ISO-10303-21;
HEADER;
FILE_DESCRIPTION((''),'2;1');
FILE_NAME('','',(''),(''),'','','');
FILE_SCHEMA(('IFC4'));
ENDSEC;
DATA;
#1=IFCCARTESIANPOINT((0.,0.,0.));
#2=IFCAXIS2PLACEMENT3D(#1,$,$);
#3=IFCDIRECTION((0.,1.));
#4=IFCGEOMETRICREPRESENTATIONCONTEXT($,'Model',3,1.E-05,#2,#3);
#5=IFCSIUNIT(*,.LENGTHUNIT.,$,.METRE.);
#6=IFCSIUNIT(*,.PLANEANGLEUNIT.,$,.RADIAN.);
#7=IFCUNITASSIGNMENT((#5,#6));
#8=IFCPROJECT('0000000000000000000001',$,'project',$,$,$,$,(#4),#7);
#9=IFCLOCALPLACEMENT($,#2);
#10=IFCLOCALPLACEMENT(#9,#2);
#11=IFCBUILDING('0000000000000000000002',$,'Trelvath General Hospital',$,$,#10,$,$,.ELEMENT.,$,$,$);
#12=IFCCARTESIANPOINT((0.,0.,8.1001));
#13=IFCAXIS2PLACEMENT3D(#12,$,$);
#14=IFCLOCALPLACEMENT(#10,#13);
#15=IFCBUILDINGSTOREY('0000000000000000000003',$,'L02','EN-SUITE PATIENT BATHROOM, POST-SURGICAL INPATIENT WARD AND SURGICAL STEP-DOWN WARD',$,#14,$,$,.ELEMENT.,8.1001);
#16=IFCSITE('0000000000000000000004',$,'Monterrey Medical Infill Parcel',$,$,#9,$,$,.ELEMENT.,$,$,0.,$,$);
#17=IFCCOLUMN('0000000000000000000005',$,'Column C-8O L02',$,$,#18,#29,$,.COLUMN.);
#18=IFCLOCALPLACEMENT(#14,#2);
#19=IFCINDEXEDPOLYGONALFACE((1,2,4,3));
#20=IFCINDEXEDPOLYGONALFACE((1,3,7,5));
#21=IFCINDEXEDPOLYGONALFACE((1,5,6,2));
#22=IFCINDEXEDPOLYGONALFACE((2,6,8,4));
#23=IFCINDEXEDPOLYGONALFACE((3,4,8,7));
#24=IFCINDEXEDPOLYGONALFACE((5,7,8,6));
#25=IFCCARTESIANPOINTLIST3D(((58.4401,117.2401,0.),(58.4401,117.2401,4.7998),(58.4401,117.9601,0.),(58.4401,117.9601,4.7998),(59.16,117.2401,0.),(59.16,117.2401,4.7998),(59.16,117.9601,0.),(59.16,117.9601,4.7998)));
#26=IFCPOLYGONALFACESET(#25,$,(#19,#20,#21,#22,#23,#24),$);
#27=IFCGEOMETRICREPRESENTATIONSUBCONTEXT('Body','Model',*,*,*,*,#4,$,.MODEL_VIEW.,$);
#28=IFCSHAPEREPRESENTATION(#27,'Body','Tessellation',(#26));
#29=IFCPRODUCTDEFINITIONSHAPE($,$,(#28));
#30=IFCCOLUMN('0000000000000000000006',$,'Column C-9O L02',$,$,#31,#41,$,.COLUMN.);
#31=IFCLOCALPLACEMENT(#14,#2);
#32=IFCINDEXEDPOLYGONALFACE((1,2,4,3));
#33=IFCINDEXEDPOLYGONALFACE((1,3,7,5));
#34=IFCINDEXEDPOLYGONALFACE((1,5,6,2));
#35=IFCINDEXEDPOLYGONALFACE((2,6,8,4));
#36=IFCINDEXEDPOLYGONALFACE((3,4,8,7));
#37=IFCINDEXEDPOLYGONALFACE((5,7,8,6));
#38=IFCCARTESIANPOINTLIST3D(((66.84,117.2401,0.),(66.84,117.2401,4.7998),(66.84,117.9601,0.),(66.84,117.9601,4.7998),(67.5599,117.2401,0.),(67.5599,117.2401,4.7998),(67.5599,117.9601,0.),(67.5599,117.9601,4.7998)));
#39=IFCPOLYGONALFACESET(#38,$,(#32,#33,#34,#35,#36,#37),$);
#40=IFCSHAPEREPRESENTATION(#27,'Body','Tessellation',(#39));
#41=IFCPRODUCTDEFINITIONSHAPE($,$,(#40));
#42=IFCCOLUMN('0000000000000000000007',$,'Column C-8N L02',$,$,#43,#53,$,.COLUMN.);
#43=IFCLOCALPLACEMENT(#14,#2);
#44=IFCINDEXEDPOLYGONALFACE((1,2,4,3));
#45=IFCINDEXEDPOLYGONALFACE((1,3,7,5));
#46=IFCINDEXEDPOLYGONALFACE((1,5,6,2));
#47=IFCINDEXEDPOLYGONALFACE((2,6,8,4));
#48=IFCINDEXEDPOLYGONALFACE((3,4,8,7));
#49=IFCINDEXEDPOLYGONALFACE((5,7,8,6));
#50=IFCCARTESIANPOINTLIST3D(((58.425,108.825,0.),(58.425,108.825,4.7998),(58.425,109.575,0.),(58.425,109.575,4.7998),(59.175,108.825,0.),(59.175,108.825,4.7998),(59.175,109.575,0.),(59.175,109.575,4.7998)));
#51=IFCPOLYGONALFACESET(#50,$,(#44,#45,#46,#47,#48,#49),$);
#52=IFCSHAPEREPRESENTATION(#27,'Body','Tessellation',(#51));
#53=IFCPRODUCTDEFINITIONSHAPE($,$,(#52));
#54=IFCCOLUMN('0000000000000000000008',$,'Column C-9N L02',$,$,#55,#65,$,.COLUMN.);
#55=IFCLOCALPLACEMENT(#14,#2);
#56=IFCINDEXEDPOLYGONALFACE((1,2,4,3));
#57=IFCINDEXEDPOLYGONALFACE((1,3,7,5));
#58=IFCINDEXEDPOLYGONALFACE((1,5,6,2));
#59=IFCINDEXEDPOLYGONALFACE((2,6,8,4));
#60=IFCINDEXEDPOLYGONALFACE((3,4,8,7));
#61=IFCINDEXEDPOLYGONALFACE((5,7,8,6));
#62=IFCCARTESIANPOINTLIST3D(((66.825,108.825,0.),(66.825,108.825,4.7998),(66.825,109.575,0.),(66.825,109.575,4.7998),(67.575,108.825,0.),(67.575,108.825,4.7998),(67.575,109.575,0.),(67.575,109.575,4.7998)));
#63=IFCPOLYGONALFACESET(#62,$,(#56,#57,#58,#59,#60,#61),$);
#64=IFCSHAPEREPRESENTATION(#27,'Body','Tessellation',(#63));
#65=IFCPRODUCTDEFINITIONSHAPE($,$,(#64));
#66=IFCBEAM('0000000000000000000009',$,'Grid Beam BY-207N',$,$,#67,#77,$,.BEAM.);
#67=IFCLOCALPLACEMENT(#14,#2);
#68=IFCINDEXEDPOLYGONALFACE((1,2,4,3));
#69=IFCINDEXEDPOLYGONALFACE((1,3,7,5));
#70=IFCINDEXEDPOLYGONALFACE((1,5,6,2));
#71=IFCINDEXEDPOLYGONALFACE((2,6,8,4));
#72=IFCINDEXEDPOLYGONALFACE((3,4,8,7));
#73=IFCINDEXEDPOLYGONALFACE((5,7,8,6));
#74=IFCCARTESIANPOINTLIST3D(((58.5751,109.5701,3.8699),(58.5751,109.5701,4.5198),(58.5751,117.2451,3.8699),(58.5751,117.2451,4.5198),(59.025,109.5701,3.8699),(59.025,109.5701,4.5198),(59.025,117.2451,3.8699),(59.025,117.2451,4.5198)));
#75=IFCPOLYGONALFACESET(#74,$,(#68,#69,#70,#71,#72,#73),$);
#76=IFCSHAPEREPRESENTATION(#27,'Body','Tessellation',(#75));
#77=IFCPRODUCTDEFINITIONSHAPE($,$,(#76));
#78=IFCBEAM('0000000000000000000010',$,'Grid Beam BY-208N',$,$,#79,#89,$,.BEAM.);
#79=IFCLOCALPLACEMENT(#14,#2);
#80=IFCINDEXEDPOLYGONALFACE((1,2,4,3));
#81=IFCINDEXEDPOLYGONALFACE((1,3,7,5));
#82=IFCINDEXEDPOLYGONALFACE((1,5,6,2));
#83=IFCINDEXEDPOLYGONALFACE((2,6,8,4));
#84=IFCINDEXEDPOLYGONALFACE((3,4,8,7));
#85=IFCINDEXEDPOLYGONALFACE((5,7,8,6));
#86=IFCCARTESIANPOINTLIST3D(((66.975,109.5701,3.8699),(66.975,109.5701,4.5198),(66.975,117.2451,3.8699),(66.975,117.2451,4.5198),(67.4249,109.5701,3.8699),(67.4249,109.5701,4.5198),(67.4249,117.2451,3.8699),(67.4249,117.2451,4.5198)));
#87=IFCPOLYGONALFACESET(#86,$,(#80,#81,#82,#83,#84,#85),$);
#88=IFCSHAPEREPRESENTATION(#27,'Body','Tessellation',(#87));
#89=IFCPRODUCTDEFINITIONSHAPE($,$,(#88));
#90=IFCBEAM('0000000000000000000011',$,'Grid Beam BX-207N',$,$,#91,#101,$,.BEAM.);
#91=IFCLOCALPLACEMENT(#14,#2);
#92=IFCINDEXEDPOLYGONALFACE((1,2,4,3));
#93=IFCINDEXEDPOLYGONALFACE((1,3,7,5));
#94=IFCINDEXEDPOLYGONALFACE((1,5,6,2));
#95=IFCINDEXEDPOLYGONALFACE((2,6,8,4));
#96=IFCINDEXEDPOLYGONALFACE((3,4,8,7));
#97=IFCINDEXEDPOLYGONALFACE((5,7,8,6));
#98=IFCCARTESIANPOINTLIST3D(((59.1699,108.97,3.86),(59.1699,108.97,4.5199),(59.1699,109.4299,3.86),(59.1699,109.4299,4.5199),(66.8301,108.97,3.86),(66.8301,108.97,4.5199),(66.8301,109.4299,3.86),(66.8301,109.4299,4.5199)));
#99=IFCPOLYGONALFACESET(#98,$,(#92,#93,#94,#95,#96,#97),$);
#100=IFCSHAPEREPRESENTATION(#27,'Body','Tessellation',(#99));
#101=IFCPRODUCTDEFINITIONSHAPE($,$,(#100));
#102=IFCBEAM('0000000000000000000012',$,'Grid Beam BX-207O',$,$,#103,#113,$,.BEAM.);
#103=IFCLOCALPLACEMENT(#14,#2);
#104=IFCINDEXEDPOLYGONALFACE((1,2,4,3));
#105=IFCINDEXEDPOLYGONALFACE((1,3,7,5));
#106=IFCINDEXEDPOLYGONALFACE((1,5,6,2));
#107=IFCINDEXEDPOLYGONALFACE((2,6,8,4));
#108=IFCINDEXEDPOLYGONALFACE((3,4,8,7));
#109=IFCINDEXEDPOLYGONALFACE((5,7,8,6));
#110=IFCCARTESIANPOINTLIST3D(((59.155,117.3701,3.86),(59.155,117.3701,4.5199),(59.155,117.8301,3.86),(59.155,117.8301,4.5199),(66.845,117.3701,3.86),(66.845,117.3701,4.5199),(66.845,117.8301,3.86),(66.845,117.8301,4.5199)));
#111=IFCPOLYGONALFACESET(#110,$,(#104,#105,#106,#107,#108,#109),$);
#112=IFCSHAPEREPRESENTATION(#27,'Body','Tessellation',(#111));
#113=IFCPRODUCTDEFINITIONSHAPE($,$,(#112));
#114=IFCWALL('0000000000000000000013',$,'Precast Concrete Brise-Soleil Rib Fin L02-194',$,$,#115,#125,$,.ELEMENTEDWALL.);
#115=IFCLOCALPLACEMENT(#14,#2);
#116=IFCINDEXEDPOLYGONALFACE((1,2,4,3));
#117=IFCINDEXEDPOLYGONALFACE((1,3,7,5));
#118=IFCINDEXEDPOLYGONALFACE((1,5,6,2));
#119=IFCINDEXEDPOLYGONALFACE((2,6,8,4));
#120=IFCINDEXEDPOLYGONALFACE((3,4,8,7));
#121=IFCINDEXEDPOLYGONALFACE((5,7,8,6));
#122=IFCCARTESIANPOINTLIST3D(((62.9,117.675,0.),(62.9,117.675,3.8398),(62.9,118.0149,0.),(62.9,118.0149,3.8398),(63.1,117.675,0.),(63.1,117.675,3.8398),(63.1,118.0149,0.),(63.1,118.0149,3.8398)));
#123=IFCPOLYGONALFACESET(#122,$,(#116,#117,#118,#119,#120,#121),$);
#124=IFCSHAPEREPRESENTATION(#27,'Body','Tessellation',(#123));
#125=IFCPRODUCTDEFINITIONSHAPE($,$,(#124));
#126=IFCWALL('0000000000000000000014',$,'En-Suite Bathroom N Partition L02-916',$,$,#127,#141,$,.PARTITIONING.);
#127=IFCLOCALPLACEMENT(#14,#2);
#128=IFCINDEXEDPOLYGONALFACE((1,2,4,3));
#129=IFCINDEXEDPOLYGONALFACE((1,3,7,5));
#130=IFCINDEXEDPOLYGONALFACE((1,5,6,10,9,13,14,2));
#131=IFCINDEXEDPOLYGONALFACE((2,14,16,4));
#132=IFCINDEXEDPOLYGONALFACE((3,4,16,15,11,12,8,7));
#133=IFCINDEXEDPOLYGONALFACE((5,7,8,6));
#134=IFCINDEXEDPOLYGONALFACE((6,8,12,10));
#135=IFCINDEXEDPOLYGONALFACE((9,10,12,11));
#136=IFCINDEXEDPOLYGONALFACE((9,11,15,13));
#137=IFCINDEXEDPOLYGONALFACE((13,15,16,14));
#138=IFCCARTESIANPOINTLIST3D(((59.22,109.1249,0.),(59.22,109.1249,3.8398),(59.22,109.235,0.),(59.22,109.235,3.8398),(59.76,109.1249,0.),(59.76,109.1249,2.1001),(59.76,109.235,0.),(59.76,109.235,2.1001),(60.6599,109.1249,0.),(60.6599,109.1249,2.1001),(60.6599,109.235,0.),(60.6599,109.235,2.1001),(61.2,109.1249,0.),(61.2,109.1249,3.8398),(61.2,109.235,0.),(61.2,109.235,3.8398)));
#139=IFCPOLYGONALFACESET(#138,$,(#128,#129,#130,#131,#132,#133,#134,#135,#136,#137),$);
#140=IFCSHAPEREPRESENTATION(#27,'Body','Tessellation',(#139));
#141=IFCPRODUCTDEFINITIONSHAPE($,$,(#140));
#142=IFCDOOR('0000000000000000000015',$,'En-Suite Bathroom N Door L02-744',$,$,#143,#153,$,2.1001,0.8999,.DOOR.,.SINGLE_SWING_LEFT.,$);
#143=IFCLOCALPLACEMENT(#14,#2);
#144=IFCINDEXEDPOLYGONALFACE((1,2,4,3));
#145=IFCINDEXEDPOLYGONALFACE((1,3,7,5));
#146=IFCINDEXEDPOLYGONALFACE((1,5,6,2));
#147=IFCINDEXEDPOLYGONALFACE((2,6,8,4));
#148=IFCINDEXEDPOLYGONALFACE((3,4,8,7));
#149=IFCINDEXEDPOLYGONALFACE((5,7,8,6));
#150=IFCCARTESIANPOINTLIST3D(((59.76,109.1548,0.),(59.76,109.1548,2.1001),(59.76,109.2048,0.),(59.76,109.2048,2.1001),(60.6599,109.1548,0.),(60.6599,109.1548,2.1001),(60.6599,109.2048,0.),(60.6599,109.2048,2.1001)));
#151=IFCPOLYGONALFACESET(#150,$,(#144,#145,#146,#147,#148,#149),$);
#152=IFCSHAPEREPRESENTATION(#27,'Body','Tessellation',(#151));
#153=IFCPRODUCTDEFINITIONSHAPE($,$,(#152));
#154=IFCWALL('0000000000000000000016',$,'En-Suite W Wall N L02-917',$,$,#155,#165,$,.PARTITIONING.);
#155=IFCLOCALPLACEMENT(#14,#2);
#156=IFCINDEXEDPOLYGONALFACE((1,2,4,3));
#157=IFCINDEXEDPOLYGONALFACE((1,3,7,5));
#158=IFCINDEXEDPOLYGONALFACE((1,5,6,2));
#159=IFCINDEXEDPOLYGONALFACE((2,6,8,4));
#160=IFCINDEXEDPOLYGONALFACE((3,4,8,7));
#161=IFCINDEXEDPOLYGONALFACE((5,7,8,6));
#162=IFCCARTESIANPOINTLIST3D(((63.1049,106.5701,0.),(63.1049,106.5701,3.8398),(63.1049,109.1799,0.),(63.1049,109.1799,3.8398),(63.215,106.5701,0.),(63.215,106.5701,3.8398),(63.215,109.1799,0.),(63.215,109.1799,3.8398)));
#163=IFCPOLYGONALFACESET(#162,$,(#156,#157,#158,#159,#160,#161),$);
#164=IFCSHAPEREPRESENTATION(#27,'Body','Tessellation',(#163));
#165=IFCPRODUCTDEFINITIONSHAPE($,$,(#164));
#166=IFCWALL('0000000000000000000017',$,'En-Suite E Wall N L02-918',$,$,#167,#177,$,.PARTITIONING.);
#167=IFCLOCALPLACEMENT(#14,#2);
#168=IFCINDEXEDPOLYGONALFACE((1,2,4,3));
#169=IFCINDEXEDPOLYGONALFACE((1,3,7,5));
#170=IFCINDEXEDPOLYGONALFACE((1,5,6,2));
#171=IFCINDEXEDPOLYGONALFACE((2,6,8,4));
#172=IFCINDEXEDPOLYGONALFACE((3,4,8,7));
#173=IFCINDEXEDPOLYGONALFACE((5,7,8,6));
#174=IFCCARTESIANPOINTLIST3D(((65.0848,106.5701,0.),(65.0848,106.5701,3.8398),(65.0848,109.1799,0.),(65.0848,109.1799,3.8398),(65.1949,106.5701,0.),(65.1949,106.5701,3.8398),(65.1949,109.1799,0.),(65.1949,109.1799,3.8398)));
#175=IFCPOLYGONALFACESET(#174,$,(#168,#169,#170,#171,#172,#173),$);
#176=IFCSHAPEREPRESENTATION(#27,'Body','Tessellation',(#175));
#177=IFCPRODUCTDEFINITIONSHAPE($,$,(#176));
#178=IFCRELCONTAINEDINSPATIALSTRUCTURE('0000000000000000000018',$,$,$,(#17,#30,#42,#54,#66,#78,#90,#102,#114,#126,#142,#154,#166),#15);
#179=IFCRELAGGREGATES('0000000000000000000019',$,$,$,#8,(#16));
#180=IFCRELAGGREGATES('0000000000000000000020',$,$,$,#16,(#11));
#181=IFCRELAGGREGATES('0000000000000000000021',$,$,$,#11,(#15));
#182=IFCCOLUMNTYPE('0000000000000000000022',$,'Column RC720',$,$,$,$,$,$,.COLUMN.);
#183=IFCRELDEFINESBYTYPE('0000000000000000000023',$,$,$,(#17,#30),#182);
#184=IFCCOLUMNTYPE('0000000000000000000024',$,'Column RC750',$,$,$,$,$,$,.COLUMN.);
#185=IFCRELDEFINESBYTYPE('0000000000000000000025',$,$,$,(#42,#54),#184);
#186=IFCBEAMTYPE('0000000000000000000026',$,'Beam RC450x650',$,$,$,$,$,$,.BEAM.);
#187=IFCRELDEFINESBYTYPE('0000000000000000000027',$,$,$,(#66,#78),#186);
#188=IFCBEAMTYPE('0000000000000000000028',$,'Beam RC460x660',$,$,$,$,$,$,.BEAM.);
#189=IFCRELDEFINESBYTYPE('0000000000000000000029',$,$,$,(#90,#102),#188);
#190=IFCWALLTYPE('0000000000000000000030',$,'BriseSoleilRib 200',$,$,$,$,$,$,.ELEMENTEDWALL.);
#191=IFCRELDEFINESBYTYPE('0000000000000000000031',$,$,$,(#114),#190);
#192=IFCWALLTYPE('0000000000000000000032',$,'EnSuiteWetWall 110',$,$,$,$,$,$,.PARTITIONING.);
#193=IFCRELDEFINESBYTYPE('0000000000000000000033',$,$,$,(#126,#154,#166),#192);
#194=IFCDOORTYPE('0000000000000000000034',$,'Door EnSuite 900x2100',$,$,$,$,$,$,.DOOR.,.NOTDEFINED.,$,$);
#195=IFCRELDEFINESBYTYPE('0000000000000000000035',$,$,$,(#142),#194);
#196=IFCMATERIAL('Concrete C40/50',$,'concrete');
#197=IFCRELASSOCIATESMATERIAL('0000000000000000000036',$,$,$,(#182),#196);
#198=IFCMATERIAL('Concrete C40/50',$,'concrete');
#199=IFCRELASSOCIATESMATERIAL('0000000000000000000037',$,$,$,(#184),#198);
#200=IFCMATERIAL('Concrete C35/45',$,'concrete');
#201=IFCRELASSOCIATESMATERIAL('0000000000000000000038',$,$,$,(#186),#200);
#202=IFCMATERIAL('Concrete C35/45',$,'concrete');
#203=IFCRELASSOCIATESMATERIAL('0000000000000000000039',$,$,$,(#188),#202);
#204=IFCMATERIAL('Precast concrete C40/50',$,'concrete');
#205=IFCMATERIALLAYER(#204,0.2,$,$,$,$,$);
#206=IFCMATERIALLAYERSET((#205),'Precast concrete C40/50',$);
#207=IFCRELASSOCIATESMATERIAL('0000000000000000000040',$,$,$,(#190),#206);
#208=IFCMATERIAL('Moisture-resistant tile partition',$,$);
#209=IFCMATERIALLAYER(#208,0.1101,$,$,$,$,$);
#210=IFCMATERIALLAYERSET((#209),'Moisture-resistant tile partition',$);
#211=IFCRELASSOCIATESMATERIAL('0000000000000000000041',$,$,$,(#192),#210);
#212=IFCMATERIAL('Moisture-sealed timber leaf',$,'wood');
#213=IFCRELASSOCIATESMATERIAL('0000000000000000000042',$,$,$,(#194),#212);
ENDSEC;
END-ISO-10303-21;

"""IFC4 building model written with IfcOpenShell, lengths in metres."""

from ifc_helpers import new_model, si_unit, direction, frame, frame_2d, origin, origin_2d, place, context, subcontext, project, spatial, rectangle, extrude, material, layer, layer_set, material_profile, profile_set, type_object, element, fill, save


model = new_model("IFC4")

# Units and contexts
model_context = context("Model", 3, precision=1e-05, world=origin(), true_north=direction((0.0, 1.0)))
body_context = subcontext(model_context, "Body", "Model", "MODEL_VIEW")
ifc_project = project(units=[si_unit("LENGTHUNIT", "METRE"), si_unit("PLANEANGLEUNIT", "RADIAN")], contexts=[model_context])

# Site, building, storey
site_placement = place(None, origin())
site = spatial("IfcSite", under=ifc_project, at=site_placement, Name="Monterrey Medical Infill Parcel", CompositionType="ELEMENT", RefElevation=0.0)
building_placement = place(site_placement, origin())
building = spatial("IfcBuilding", under=site, at=building_placement, Name="Trelvath General Hospital", CompositionType="ELEMENT")
storey_placement = place(building_placement, frame((0.0, 0.0, 8.1001)))
storey = spatial("IfcBuildingStorey", under=building, at=storey_placement, Name="L02", Description="EN-SUITE PATIENT BATHROOM, POST-SURGICAL INPATIENT WARD AND SURGICAL STEP-DOWN WARD", CompositionType="ELEMENT", Elevation=8.1001)

# Columns
ifc_material_1 = material(Name="Concrete C40/50", Category="concrete")
ifc_material_profile_1 = material_profile(ifc_material_1, rectangle(XDim=0.72, YDim=0.72, at=origin_2d()), Name="RC720x720")
ifc_profile_set_1 = profile_set([ifc_material_profile_1], Name="Concrete C40/50")
column_type_1 = type_object("IfcColumnType", Name="Column RC720", PredefinedType="COLUMN", material=ifc_profile_set_1)
for number, where, z_axis, x_axis, name in (
    (1, (58.8, 117.6001, 0.0), (0.0, 0.0, 1.0), (1.0, 0.0, 0.0), "Column C-8O L02"),
    (2, (67.2, 117.6001, 0.0), (0.0, 0.0, 1.0), (1.0, 0.0, 0.0), "Column C-9O L02"),
):
    element("IfcColumn", number, at=place(storey_placement, frame(where, z_axis=z_axis, x_axis=x_axis)), inside=storey, type_object=column_type_1, Name=name, PredefinedType="COLUMN", context=body_context, shape_type="SweptSolid", body=[
        extrude(rectangle(XDim=0.72, YDim=0.72, at=origin_2d()), origin(), (0.0, 0.0, 1.0), 4.7998),
    ])
ifc_material_2 = material(Name="Concrete C40/50", Category="concrete")
ifc_material_profile_2 = material_profile(ifc_material_2, rectangle(XDim=0.75, YDim=0.75, at=origin_2d()), Name="RC750x750")
ifc_profile_set_2 = profile_set([ifc_material_profile_2], Name="Concrete C40/50")
column_type_2 = type_object("IfcColumnType", Name="Column RC750", PredefinedType="COLUMN", material=ifc_profile_set_2)
for number, where, z_axis, x_axis, name in (
    (3, (58.8, 109.2, 0.0), (0.0, 0.0, 1.0), (1.0, 0.0, 0.0), "Column C-8N L02"),
    (4, (67.2, 109.2, 0.0), (0.0, 0.0, 1.0), (1.0, 0.0, 0.0), "Column C-9N L02"),
):
    element("IfcColumn", number, at=place(storey_placement, frame(where, z_axis=z_axis, x_axis=x_axis)), inside=storey, type_object=column_type_2, Name=name, PredefinedType="COLUMN", context=body_context, shape_type="SweptSolid", body=[
        extrude(rectangle(XDim=0.75, YDim=0.75, at=origin_2d()), origin(), (0.0, 0.0, 1.0), 4.7998),
    ])

# Beams
ifc_material_3 = material(Name="Concrete C35/45", Category="concrete")
ifc_material_profile_3 = material_profile(ifc_material_3, rectangle(XDim=0.45, YDim=0.6499, at=origin_2d()), Name="RCB450x650")
ifc_profile_set_3 = profile_set([ifc_material_profile_3], Name="Concrete C35/45")
beam_type_1 = type_object("IfcBeamType", Name="Beam RC450x650", PredefinedType="BEAM", material=ifc_profile_set_3)
for number, where, z_axis, x_axis, name in (
    (5, (58.8, 109.5701, 4.1948), (0.0, 1.0, 0.0), (-1.0, 0.0, 0.0), "Grid Beam BY-207N"),
    (6, (67.2, 109.5701, 4.1948), (0.0, 1.0, 0.0), (-1.0, 0.0, 0.0), "Grid Beam BY-208N"),
):
    element("IfcBeam", number, at=place(storey_placement, frame(where, z_axis=z_axis, x_axis=x_axis)), inside=storey, type_object=beam_type_1, Name=name, PredefinedType="BEAM", context=body_context, shape_type="SweptSolid", body=[
        extrude(rectangle(XDim=0.45, YDim=0.6499, at=origin_2d()), origin(), (0.0, 0.0, 1.0), 7.675),
    ])
ifc_material_4 = material(Name="Concrete C35/45", Category="concrete")
ifc_material_profile_4 = material_profile(ifc_material_4, rectangle(XDim=0.46, YDim=0.6599, at=origin_2d()), Name="RCB460x660")
ifc_profile_set_4 = profile_set([ifc_material_profile_4], Name="Concrete C35/45")
beam_type_2 = type_object("IfcBeamType", Name="Beam RC460x660", PredefinedType="BEAM", material=ifc_profile_set_4)
beam_1_placement = place(storey_placement, frame((59.1699, 109.2, 4.1899), z_axis=(1.0, 0.0, 0.0), x_axis=(0.0, 1.0, 0.0)))
element("IfcBeam", 7, at=beam_1_placement, inside=storey, type_object=beam_type_2, Name="Grid Beam BX-207N", PredefinedType="BEAM", context=body_context, shape_type="SweptSolid", body=[
    extrude(rectangle(XDim=0.46, YDim=0.6599, at=origin_2d()), origin(), (0.0, 0.0, 1.0), 7.6602),
])
beam_2_placement = place(storey_placement, frame((59.155, 117.6001, 4.1899), z_axis=(1.0, 0.0, 0.0), x_axis=(0.0, 1.0, 0.0)))
element("IfcBeam", 8, at=beam_2_placement, inside=storey, type_object=beam_type_2, Name="Grid Beam BX-207O", PredefinedType="BEAM", context=body_context, shape_type="SweptSolid", body=[
    extrude(rectangle(XDim=0.46, YDim=0.6599, at=origin_2d()), origin(), (0.0, 0.0, 1.0), 7.6899),
])

# Wall
ifc_material_5 = material(Name="Precast concrete C40/50", Category="concrete")
ifc_layer_1 = layer(ifc_material_5, 0.2)
ifc_layer_set_1 = layer_set([ifc_layer_1], Name="Precast concrete C40/50")
wall_type_1 = type_object("IfcWallType", Name="BriseSoleilRib 200", PredefinedType="ELEMENTEDWALL", material=ifc_layer_set_1)
wall_1_placement = place(storey_placement, frame((63.0, 117.675, 0.0), z_axis=(0.0, 0.0, 1.0), x_axis=(0.0, 1.0, 0.0)))
element("IfcWall", 9, at=wall_1_placement, inside=storey, type_object=wall_type_1, Name="Precast Concrete Brise-Soleil Rib Fin L02-194", PredefinedType="ELEMENTEDWALL", context=body_context, shape_type="SweptSolid", body=[
    extrude(rectangle(XDim=0.3398, YDim=0.2, at=frame_2d((0.1699, 0.0))), origin(), (0.0, 0.0, 1.0), 3.8398),
])

# Wall, opening, door
ifc_material_6 = material(Name="Moisture-resistant tile partition")
ifc_layer_2 = layer(ifc_material_6, 0.1101)
ifc_layer_set_2 = layer_set([ifc_layer_2], Name="Moisture-resistant tile partition")
wall_type_2 = type_object("IfcWallType", Name="EnSuiteWetWall 110", PredefinedType="PARTITIONING", material=ifc_layer_set_2)
wall_2_placement = place(storey_placement, frame((59.22, 109.1799, 0.0), z_axis=(0.0, 0.0, 1.0), x_axis=(1.0, 0.0, 0.0)))
wall_2 = element("IfcWall", 10, at=wall_2_placement, inside=storey, type_object=wall_type_2, Name="En-Suite Bathroom N Partition L02-916", PredefinedType="PARTITIONING", context=body_context, shape_type="SweptSolid", body=[
    extrude(rectangle(XDim=1.98, YDim=0.1101, at=frame_2d((0.99, 0.0))), origin(), (0.0, 0.0, 1.0), 3.8398),
])
opening_1_placement = place(wall_2_placement, frame((0.54, 0.0, 0.0)))
opening_1 = element("IfcOpeningElement", 11, at=opening_1_placement, cuts=wall_2, PredefinedType="OPENING", context=body_context, shape_type="SweptSolid", body=[
    extrude(rectangle(XDim=0.8999, YDim=2.1001, at=frame_2d((0.45, 1.05))), frame((0.0, 0.0649, 0.0), z_axis=(0.0, -1.0, 0.0), x_axis=(1.0, 0.0, 0.0)), (0.0, 0.0, 1.0), 0.1301),
])
ifc_material_7 = material(Name="Moisture-sealed timber leaf", Category="wood")
door_type = type_object("IfcDoorType", Name="Door EnSuite 900x2100", OperationType="NOTDEFINED", PredefinedType="DOOR", material=ifc_material_7)
door_1_placement = place(opening_1_placement, origin())
door_1 = element("IfcDoor", 12, at=door_1_placement, inside=storey, type_object=door_type, Name="En-Suite Bathroom N Door L02-744", OperationType="SINGLE_SWING_LEFT", OverallHeight=2.1001, OverallWidth=0.8999, PredefinedType="DOOR", context=body_context, shape_type="SweptSolid", body=[
    extrude(rectangle(XDim=0.8999, YDim=2.1001, at=frame_2d((0.45, 1.05))), frame((0.0, 0.0249, 0.0), z_axis=(0.0, -1.0, 0.0), x_axis=(1.0, 0.0, 0.0)), (0.0, 0.0, 1.0), 0.05),
])
fill(opening_1, door_1)

# Walls
for number, where, z_axis, x_axis, name in (
    (13, (63.1599, 106.5701, 0.0), (0.0, 0.0, 1.0), (0.0, 1.0, 0.0), "En-Suite W Wall N L02-917"),
    (14, (65.1399, 106.5701, 0.0), (0.0, 0.0, 1.0), (0.0, 1.0, 0.0), "En-Suite E Wall N L02-918"),
):
    element("IfcWall", number, at=place(storey_placement, frame(where, z_axis=z_axis, x_axis=x_axis)), inside=storey, type_object=wall_type_2, Name=name, PredefinedType="PARTITIONING", context=body_context, shape_type="SweptSolid", body=[
        extrude(rectangle(XDim=2.6099, YDim=0.1101, at=frame_2d((1.3049, 0.0))), origin(), (0.0, 0.0, 1.0), 3.8398),
    ])

save(model, "model.ifc")
